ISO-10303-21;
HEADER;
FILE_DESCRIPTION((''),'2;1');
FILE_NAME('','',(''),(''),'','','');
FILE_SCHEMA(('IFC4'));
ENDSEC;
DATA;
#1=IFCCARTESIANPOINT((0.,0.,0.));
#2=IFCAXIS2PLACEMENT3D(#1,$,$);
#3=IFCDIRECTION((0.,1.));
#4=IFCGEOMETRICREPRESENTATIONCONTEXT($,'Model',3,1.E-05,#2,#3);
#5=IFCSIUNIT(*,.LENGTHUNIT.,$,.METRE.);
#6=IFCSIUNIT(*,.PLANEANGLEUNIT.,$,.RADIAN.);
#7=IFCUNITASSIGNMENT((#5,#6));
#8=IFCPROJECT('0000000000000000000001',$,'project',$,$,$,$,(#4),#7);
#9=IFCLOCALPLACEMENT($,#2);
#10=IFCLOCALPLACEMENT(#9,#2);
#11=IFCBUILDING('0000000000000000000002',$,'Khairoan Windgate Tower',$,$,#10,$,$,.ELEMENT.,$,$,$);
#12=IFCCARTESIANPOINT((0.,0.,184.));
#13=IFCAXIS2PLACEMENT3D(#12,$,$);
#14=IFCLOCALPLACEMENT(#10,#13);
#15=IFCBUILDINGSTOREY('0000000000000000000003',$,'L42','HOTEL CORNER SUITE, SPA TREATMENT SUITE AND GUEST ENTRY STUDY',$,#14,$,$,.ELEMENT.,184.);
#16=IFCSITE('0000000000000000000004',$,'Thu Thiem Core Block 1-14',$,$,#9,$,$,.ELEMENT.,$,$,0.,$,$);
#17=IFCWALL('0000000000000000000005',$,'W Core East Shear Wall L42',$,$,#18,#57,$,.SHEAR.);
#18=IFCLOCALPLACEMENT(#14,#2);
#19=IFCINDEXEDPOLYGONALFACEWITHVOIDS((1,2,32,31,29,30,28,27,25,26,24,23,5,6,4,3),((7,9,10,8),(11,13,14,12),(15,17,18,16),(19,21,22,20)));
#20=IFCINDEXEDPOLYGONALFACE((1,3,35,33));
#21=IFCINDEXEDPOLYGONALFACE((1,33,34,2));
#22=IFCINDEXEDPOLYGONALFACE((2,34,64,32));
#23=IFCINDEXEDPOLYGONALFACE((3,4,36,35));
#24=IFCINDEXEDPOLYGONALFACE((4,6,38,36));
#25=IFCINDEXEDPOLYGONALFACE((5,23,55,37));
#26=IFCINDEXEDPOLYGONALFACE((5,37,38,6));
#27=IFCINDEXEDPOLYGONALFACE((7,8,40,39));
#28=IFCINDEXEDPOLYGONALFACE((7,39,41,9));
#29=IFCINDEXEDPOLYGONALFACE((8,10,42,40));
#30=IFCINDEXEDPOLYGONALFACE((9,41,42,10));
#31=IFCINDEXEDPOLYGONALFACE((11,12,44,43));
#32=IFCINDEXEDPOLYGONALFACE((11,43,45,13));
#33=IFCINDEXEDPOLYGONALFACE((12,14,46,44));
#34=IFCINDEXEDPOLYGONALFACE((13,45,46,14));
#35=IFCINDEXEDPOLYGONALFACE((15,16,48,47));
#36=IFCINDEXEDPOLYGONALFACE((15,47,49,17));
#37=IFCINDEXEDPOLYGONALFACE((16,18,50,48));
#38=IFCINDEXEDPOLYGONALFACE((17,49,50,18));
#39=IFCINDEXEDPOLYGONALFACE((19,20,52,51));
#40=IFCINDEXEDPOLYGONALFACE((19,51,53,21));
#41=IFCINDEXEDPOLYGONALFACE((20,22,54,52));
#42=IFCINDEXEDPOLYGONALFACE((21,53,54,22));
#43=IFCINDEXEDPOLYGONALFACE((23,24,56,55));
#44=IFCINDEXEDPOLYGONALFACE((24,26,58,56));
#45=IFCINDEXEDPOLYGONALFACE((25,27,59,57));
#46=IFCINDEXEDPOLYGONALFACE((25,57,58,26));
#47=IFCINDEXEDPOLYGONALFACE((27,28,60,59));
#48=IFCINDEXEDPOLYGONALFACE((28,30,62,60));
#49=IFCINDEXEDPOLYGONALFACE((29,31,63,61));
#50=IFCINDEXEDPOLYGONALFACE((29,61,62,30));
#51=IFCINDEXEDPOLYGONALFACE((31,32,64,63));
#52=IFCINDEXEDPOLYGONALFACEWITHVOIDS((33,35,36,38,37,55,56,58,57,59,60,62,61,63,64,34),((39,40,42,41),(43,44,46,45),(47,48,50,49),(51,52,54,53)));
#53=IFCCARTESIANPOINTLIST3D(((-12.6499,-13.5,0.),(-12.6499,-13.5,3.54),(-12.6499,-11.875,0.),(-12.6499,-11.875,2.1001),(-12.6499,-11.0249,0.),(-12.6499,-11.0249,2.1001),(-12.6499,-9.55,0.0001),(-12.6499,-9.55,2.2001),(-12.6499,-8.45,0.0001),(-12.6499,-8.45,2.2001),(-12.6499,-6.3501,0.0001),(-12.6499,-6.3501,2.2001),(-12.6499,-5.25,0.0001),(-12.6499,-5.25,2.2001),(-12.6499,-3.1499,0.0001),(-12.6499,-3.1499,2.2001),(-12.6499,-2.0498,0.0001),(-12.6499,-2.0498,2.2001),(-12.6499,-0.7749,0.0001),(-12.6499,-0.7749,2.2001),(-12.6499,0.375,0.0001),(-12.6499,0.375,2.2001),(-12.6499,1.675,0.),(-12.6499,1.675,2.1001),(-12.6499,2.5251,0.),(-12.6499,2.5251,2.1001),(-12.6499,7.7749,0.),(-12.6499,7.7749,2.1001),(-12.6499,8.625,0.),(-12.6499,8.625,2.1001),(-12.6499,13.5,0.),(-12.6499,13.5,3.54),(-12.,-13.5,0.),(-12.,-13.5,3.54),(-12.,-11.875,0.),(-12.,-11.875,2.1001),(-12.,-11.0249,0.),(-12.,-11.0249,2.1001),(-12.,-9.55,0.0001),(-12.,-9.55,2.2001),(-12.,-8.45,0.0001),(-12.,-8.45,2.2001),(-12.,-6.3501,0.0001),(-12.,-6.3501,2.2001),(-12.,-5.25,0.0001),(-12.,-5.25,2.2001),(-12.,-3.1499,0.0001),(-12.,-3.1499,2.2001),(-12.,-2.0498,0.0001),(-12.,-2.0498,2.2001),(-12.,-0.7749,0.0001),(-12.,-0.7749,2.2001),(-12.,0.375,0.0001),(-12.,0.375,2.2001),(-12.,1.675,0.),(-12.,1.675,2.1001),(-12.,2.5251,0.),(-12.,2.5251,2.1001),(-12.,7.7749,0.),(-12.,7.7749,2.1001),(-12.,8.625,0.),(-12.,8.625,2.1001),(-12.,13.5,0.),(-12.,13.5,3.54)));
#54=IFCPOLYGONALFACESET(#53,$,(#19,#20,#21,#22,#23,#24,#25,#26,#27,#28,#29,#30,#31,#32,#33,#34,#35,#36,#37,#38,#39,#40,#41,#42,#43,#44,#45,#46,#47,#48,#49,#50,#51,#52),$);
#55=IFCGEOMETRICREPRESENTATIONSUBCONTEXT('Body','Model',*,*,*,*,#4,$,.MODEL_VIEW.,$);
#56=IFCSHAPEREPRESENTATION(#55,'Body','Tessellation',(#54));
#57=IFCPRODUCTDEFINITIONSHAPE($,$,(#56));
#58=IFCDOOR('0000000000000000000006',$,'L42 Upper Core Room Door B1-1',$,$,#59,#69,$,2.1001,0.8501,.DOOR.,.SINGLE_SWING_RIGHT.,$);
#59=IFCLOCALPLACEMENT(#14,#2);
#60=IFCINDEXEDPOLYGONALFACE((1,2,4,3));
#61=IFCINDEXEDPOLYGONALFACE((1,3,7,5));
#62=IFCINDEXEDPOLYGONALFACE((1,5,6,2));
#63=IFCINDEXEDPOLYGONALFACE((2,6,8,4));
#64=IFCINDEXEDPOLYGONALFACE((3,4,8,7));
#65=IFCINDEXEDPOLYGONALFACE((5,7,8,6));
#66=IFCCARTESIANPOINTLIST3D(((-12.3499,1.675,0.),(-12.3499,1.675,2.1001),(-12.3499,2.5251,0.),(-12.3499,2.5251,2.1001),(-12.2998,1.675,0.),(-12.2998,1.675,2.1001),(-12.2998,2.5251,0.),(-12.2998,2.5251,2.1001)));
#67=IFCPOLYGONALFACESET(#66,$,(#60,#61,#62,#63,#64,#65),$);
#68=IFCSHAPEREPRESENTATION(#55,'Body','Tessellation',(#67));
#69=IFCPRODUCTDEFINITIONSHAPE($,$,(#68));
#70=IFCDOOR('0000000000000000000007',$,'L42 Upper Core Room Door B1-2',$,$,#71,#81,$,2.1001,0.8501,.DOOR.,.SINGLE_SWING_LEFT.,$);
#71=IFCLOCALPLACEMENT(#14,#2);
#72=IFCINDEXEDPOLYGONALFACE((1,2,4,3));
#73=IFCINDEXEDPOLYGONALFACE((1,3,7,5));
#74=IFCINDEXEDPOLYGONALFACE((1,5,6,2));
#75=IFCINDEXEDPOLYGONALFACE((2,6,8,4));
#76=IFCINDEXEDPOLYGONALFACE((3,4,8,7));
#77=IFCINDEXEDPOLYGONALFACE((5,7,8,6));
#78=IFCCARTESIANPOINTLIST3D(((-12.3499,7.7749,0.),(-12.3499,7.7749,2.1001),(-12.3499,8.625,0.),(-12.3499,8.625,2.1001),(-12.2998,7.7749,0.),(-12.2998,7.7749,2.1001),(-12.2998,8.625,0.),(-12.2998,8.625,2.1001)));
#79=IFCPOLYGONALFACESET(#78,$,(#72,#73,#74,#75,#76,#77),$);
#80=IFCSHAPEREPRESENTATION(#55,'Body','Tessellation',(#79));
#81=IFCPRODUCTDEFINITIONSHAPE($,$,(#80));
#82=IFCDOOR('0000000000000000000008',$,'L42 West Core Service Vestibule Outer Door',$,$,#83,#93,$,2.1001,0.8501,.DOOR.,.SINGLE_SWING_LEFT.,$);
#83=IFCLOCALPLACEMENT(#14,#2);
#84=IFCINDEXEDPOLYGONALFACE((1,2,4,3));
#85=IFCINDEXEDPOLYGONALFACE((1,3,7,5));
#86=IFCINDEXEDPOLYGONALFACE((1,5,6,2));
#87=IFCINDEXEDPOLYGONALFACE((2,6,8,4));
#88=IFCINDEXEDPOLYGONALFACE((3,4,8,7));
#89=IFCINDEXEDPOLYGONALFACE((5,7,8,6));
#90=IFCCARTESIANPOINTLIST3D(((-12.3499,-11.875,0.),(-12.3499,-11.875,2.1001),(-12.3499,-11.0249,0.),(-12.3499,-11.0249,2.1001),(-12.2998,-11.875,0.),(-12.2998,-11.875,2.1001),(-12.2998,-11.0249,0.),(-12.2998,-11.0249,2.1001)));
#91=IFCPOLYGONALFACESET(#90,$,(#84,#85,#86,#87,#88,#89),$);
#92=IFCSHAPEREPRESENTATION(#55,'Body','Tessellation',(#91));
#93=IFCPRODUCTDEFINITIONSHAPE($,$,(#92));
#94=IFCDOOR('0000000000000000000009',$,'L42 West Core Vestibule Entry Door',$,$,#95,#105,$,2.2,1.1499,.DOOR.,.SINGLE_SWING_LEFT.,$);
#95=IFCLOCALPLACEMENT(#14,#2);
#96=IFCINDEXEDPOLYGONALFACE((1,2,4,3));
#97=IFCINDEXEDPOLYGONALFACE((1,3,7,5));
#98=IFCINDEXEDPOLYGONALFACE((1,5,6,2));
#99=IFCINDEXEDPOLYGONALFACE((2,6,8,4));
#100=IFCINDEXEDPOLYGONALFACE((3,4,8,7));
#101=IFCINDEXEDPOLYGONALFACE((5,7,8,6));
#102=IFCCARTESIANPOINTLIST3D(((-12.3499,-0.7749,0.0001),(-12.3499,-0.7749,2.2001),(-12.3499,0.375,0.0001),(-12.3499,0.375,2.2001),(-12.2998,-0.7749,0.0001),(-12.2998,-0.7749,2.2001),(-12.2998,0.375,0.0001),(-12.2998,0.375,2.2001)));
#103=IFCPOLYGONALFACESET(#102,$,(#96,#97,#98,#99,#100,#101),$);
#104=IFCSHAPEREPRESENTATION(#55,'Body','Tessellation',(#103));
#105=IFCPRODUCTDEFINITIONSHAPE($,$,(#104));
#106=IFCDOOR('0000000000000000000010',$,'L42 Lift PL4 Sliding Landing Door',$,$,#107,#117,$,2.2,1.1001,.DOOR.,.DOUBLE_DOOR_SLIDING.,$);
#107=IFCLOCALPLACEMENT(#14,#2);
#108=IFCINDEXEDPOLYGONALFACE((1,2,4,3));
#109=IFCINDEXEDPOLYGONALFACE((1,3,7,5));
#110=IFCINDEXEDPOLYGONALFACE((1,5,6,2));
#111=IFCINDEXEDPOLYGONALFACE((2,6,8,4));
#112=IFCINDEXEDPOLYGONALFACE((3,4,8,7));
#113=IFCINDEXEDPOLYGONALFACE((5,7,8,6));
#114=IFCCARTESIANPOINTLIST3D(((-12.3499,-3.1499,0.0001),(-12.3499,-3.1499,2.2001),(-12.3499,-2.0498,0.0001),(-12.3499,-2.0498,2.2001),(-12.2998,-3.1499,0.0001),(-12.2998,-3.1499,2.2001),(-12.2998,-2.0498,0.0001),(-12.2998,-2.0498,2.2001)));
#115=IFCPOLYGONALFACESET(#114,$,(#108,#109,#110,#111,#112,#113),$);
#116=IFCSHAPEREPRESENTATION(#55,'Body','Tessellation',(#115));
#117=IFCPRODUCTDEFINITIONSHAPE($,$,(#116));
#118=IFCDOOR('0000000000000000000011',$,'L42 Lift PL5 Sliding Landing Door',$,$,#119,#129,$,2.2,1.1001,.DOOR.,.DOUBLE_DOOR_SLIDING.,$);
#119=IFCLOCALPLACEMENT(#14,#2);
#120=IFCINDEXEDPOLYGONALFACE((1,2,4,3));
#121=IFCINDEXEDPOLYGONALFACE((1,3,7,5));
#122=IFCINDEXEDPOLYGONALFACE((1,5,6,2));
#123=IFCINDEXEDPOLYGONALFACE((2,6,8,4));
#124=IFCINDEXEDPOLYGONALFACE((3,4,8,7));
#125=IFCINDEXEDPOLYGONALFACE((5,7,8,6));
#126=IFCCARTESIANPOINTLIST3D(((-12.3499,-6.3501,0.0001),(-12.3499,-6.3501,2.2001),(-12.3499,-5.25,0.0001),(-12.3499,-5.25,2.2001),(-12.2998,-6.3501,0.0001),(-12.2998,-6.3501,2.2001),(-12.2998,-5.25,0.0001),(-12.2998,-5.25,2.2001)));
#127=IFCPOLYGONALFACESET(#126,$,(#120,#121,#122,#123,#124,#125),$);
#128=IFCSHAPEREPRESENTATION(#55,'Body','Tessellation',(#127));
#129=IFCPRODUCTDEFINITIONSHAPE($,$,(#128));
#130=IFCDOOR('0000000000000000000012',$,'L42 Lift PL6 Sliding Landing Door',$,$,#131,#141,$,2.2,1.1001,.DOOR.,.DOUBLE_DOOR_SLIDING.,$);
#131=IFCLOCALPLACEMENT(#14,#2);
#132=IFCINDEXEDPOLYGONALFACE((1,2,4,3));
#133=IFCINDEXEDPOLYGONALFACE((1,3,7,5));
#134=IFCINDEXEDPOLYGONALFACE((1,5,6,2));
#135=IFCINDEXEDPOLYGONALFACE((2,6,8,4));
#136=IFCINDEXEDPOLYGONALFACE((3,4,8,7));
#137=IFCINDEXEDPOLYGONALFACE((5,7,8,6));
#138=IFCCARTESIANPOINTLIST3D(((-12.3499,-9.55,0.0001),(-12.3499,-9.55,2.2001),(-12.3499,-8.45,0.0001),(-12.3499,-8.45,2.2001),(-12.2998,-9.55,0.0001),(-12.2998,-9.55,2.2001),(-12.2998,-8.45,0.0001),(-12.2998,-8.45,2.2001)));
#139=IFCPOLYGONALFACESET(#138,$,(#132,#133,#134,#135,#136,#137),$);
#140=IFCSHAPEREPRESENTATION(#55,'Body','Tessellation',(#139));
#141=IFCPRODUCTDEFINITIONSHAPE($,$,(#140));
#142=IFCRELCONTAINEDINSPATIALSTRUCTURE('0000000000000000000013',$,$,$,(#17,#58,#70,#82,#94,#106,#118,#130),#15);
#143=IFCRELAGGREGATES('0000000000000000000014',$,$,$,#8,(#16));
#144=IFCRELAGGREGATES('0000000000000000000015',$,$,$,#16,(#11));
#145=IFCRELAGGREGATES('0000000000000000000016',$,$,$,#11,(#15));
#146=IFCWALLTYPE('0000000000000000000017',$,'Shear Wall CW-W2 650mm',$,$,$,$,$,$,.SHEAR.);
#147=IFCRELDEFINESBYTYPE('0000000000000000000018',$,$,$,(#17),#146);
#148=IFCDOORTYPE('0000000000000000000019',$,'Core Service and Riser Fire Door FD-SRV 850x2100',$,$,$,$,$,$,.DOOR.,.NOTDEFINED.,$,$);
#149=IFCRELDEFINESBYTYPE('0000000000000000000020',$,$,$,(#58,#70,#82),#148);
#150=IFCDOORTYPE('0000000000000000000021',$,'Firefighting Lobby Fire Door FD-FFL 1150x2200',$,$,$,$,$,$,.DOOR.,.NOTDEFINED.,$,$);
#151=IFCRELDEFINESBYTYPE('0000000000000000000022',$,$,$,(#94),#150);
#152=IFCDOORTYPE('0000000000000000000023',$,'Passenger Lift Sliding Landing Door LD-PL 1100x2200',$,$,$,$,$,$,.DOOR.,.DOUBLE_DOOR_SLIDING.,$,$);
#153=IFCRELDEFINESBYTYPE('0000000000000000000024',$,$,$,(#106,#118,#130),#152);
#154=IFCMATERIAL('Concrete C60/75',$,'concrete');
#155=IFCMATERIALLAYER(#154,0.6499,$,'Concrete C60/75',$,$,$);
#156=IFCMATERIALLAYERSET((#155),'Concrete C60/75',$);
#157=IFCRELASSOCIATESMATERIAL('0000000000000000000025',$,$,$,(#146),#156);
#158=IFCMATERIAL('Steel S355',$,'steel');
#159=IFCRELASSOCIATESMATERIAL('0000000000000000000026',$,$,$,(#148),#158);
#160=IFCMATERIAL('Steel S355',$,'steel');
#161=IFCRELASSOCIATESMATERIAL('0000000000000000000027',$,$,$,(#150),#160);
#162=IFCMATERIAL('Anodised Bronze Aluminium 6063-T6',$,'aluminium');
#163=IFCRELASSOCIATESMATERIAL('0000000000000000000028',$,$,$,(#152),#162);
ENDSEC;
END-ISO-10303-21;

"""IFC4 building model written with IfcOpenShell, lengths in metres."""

from ifc_helpers import new_model, si_unit, direction, frame, frame_2d, origin, place, context, subcontext, project, spatial, rectangle, extrude, material, layer, layer_set, type_object, element, fill, save


model = new_model("IFC4")

# Units and contexts
model_context = context("Model", 3, precision=1e-05, world=origin(), true_north=direction((0.0, 1.0)))
body_context = subcontext(model_context, "Body", "Model", "MODEL_VIEW")
ifc_project = project(units=[si_unit("LENGTHUNIT", "METRE"), si_unit("PLANEANGLEUNIT", "RADIAN")], contexts=[model_context])

# Site, building, storey
site_placement = place(None, origin())
site = spatial("IfcSite", under=ifc_project, at=site_placement, Name="Thu Thiem Core Block 1-14", CompositionType="ELEMENT", RefElevation=0.0)
building_placement = place(site_placement, origin())
building = spatial("IfcBuilding", under=site, at=building_placement, Name="Khairoan Windgate Tower", CompositionType="ELEMENT")
storey_placement = place(building_placement, frame((0.0, 0.0, 184.0)))
storey = spatial("IfcBuildingStorey", under=building, at=storey_placement, Name="L42", Description="HOTEL CORNER SUITE, SPA TREATMENT SUITE AND GUEST ENTRY STUDY", CompositionType="ELEMENT", Elevation=184.0)

# Wall, openings, doors
ifc_material_1 = material(Name="Concrete C60/75", Category="concrete")
ifc_layer_1 = layer(ifc_material_1, 0.6499, Name="Concrete C60/75")
ifc_layer_set_1 = layer_set([ifc_layer_1], Name="Concrete C60/75")
wall_type_1 = type_object("IfcWallType", Name="Shear Wall CW-W2 650mm", PredefinedType="SHEAR", material=ifc_layer_set_1)
wall_1_placement = place(storey_placement, frame((-12.325, -13.5, 0.0), z_axis=(0.0, 0.0, 1.0), x_axis=(0.0, 1.0, 0.0)))
wall_1 = element("IfcWall", 1, at=wall_1_placement, inside=storey, type_object=wall_type_1, Name="W Core East Shear Wall L42", PredefinedType="SHEAR", context=body_context, shape_type="SweptSolid", body=[
    extrude(rectangle(XDim=27.0, YDim=0.6499, at=frame_2d((13.5, 0.0))), origin(), (0.0, 0.0, 1.0), 3.54),
])
opening_1_placement = place(wall_1_placement, frame((10.3501, 0.0, 0.0)))
opening_1 = element("IfcOpeningElement", 2, at=opening_1_placement, cuts=wall_1, PredefinedType="OPENING", context=body_context, shape_type="SweptSolid", body=[
    extrude(rectangle(XDim=1.1001, YDim=2.2, at=frame_2d((0.55, 1.1001))), frame((0.0, 0.335, 0.0), z_axis=(0.0, -1.0, 0.0), x_axis=(1.0, 0.0, 0.0)), (0.0, 0.0, 1.0), 0.6699),
])
opening_2_placement = place(wall_1_placement, frame((7.1499, 0.0, 0.0)))
opening_2 = element("IfcOpeningElement", 3, at=opening_2_placement, cuts=wall_1, PredefinedType="OPENING", context=body_context, shape_type="SweptSolid", body=[
    extrude(rectangle(XDim=1.1001, YDim=2.2, at=frame_2d((0.55, 1.1001))), frame((0.0, 0.335, 0.0), z_axis=(0.0, -1.0, 0.0), x_axis=(1.0, 0.0, 0.0)), (0.0, 0.0, 1.0), 0.6699),
])
opening_3_placement = place(wall_1_placement, frame((3.95, 0.0, 0.0)))
opening_3 = element("IfcOpeningElement", 4, at=opening_3_placement, cuts=wall_1, PredefinedType="OPENING", context=body_context, shape_type="SweptSolid", body=[
    extrude(rectangle(XDim=1.1001, YDim=2.2, at=frame_2d((0.55, 1.1001))), frame((0.0, 0.335, 0.0), z_axis=(0.0, -1.0, 0.0), x_axis=(1.0, 0.0, 0.0)), (0.0, 0.0, 1.0), 0.6699),
])
opening_4_placement = place(wall_1_placement, frame((15.175, 0.0, 0.0)))
opening_4 = element("IfcOpeningElement", 5, at=opening_4_placement, cuts=wall_1, PredefinedType="OPENING", context=body_context, shape_type="SweptSolid", body=[
    extrude(rectangle(XDim=0.8501, YDim=2.1001, at=frame_2d((0.425, 1.05))), frame((0.0, 0.335, 0.0), z_axis=(0.0, -1.0, 0.0), x_axis=(1.0, 0.0, 0.0)), (0.0, 0.0, 1.0), 0.6699),
])
opening_5_placement = place(wall_1_placement, frame((21.2749, 0.0, 0.0)))
opening_5 = element("IfcOpeningElement", 6, at=opening_5_placement, cuts=wall_1, PredefinedType="OPENING", context=body_context, shape_type="SweptSolid", body=[
    extrude(rectangle(XDim=0.8501, YDim=2.1001, at=frame_2d((0.425, 1.05))), frame((0.0, 0.335, 0.0), z_axis=(0.0, -1.0, 0.0), x_axis=(1.0, 0.0, 0.0)), (0.0, 0.0, 1.0), 0.6699),
])
opening_6_placement = place(wall_1_placement, frame((12.7251, 0.0, 0.0)))
opening_6 = element("IfcOpeningElement", 7, at=opening_6_placement, cuts=wall_1, PredefinedType="OPENING", context=body_context, shape_type="SweptSolid", body=[
    extrude(rectangle(XDim=1.1499, YDim=2.2, at=frame_2d((0.575, 1.1001))), frame((0.0, 0.335, 0.0), z_axis=(0.0, -1.0, 0.0), x_axis=(1.0, 0.0, 0.0)), (0.0, 0.0, 1.0), 0.6699),
])
opening_7_placement = place(wall_1_placement, frame((1.625, 0.0, 0.0)))
opening_7 = element("IfcOpeningElement", 8, at=opening_7_placement, cuts=wall_1, PredefinedType="OPENING", context=body_context, shape_type="SweptSolid", body=[
    extrude(rectangle(XDim=0.8501, YDim=2.1001, at=frame_2d((0.425, 1.05))), frame((0.0, 0.335, 0.0), z_axis=(0.0, -1.0, 0.0), x_axis=(1.0, 0.0, 0.0)), (0.0, 0.0, 1.0), 0.6699),
])
ifc_material_2 = material(Name="Steel S355", Category="steel")
door_type_1 = type_object("IfcDoorType", Name="Core Service and Riser Fire Door FD-SRV 850x2100", OperationType="NOTDEFINED", PredefinedType="DOOR", material=ifc_material_2)
door_1_placement = place(opening_4_placement, origin())
door_1 = element("IfcDoor", 9, at=door_1_placement, inside=storey, type_object=door_type_1, Name="L42 Upper Core Room Door B1-1", OperationType="SINGLE_SWING_RIGHT", OverallHeight=2.1001, OverallWidth=0.8501, PredefinedType="DOOR", context=body_context, shape_type="SweptSolid", body=[
    extrude(rectangle(XDim=0.8501, YDim=2.1001, at=frame_2d((0.425, 1.05))), frame((0.0, 0.0249, 0.0), z_axis=(0.0, -1.0, 0.0), x_axis=(1.0, 0.0, 0.0)), (0.0, 0.0, 1.0), 0.05),
])
fill(opening_4, door_1)
door_2_placement = place(opening_5_placement, origin())
door_2 = element("IfcDoor", 10, at=door_2_placement, inside=storey, type_object=door_type_1, Name="L42 Upper Core Room Door B1-2", OperationType="SINGLE_SWING_LEFT", OverallHeight=2.1001, OverallWidth=0.8501, PredefinedType="DOOR", context=body_context, shape_type="SweptSolid", body=[
    extrude(rectangle(XDim=0.8501, YDim=2.1001, at=frame_2d((0.425, 1.05))), frame((0.0, 0.0249, 0.0), z_axis=(0.0, -1.0, 0.0), x_axis=(1.0, 0.0, 0.0)), (0.0, 0.0, 1.0), 0.05),
])
fill(opening_5, door_2)
door_3_placement = place(opening_7_placement, origin())
door_3 = element("IfcDoor", 11, at=door_3_placement, inside=storey, type_object=door_type_1, Name="L42 West Core Service Vestibule Outer Door", OperationType="SINGLE_SWING_LEFT", OverallHeight=2.1001, OverallWidth=0.8501, PredefinedType="DOOR", context=body_context, shape_type="SweptSolid", body=[
    extrude(rectangle(XDim=0.8501, YDim=2.1001, at=frame_2d((0.425, 1.05))), frame((0.0, 0.0249, 0.0), z_axis=(0.0, -1.0, 0.0), x_axis=(1.0, 0.0, 0.0)), (0.0, 0.0, 1.0), 0.05),
])
fill(opening_7, door_3)
ifc_material_3 = material(Name="Steel S355", Category="steel")
door_type_2 = type_object("IfcDoorType", Name="Firefighting Lobby Fire Door FD-FFL 1150x2200", OperationType="NOTDEFINED", PredefinedType="DOOR", material=ifc_material_3)
door_4_placement = place(opening_6_placement, origin())
door_4 = element("IfcDoor", 12, at=door_4_placement, inside=storey, type_object=door_type_2, Name="L42 West Core Vestibule Entry Door", OperationType="SINGLE_SWING_LEFT", OverallHeight=2.2, OverallWidth=1.1499, PredefinedType="DOOR", context=body_context, shape_type="SweptSolid", body=[
    extrude(rectangle(XDim=1.1499, YDim=2.2, at=frame_2d((0.575, 1.1001))), frame((0.0, 0.0249, 0.0), z_axis=(0.0, -1.0, 0.0), x_axis=(1.0, 0.0, 0.0)), (0.0, 0.0, 1.0), 0.05),
])
fill(opening_6, door_4)
ifc_material_4 = material(Name="Anodised Bronze Aluminium 6063-T6", Category="aluminium")
door_type_3 = type_object("IfcDoorType", Name="Passenger Lift Sliding Landing Door LD-PL 1100x2200", OperationType="DOUBLE_DOOR_SLIDING", PredefinedType="DOOR", material=ifc_material_4)
door_5_placement = place(opening_1_placement, origin())
door_5 = element("IfcDoor", 13, at=door_5_placement, inside=storey, type_object=door_type_3, Name="L42 Lift PL4 Sliding Landing Door", OperationType="DOUBLE_DOOR_SLIDING", OverallHeight=2.2, OverallWidth=1.1001, PredefinedType="DOOR", context=body_context, shape_type="SweptSolid", body=[
    extrude(rectangle(XDim=1.1001, YDim=2.2, at=frame_2d((0.55, 1.1001))), frame((0.0, 0.0249, 0.0), z_axis=(0.0, -1.0, 0.0), x_axis=(1.0, 0.0, 0.0)), (0.0, 0.0, 1.0), 0.05),
])
fill(opening_1, door_5)
door_6_placement = place(opening_2_placement, origin())
door_6 = element("IfcDoor", 14, at=door_6_placement, inside=storey, type_object=door_type_3, Name="L42 Lift PL5 Sliding Landing Door", OperationType="DOUBLE_DOOR_SLIDING", OverallHeight=2.2, OverallWidth=1.1001, PredefinedType="DOOR", context=body_context, shape_type="SweptSolid", body=[
    extrude(rectangle(XDim=1.1001, YDim=2.2, at=frame_2d((0.55, 1.1001))), frame((0.0, 0.0249, 0.0), z_axis=(0.0, -1.0, 0.0), x_axis=(1.0, 0.0, 0.0)), (0.0, 0.0, 1.0), 0.05),
])
fill(opening_2, door_6)
door_7_placement = place(opening_3_placement, origin())
door_7 = element("IfcDoor", 15, at=door_7_placement, inside=storey, type_object=door_type_3, Name="L42 Lift PL6 Sliding Landing Door", OperationType="DOUBLE_DOOR_SLIDING", OverallHeight=2.2, OverallWidth=1.1001, PredefinedType="DOOR", context=body_context, shape_type="SweptSolid", body=[
    extrude(rectangle(XDim=1.1001, YDim=2.2, at=frame_2d((0.55, 1.1001))), frame((0.0, 0.0249, 0.0), z_axis=(0.0, -1.0, 0.0), x_axis=(1.0, 0.0, 0.0)), (0.0, 0.0, 1.0), 0.05),
])
fill(opening_3, door_7)

save(model, "model.ifc")
